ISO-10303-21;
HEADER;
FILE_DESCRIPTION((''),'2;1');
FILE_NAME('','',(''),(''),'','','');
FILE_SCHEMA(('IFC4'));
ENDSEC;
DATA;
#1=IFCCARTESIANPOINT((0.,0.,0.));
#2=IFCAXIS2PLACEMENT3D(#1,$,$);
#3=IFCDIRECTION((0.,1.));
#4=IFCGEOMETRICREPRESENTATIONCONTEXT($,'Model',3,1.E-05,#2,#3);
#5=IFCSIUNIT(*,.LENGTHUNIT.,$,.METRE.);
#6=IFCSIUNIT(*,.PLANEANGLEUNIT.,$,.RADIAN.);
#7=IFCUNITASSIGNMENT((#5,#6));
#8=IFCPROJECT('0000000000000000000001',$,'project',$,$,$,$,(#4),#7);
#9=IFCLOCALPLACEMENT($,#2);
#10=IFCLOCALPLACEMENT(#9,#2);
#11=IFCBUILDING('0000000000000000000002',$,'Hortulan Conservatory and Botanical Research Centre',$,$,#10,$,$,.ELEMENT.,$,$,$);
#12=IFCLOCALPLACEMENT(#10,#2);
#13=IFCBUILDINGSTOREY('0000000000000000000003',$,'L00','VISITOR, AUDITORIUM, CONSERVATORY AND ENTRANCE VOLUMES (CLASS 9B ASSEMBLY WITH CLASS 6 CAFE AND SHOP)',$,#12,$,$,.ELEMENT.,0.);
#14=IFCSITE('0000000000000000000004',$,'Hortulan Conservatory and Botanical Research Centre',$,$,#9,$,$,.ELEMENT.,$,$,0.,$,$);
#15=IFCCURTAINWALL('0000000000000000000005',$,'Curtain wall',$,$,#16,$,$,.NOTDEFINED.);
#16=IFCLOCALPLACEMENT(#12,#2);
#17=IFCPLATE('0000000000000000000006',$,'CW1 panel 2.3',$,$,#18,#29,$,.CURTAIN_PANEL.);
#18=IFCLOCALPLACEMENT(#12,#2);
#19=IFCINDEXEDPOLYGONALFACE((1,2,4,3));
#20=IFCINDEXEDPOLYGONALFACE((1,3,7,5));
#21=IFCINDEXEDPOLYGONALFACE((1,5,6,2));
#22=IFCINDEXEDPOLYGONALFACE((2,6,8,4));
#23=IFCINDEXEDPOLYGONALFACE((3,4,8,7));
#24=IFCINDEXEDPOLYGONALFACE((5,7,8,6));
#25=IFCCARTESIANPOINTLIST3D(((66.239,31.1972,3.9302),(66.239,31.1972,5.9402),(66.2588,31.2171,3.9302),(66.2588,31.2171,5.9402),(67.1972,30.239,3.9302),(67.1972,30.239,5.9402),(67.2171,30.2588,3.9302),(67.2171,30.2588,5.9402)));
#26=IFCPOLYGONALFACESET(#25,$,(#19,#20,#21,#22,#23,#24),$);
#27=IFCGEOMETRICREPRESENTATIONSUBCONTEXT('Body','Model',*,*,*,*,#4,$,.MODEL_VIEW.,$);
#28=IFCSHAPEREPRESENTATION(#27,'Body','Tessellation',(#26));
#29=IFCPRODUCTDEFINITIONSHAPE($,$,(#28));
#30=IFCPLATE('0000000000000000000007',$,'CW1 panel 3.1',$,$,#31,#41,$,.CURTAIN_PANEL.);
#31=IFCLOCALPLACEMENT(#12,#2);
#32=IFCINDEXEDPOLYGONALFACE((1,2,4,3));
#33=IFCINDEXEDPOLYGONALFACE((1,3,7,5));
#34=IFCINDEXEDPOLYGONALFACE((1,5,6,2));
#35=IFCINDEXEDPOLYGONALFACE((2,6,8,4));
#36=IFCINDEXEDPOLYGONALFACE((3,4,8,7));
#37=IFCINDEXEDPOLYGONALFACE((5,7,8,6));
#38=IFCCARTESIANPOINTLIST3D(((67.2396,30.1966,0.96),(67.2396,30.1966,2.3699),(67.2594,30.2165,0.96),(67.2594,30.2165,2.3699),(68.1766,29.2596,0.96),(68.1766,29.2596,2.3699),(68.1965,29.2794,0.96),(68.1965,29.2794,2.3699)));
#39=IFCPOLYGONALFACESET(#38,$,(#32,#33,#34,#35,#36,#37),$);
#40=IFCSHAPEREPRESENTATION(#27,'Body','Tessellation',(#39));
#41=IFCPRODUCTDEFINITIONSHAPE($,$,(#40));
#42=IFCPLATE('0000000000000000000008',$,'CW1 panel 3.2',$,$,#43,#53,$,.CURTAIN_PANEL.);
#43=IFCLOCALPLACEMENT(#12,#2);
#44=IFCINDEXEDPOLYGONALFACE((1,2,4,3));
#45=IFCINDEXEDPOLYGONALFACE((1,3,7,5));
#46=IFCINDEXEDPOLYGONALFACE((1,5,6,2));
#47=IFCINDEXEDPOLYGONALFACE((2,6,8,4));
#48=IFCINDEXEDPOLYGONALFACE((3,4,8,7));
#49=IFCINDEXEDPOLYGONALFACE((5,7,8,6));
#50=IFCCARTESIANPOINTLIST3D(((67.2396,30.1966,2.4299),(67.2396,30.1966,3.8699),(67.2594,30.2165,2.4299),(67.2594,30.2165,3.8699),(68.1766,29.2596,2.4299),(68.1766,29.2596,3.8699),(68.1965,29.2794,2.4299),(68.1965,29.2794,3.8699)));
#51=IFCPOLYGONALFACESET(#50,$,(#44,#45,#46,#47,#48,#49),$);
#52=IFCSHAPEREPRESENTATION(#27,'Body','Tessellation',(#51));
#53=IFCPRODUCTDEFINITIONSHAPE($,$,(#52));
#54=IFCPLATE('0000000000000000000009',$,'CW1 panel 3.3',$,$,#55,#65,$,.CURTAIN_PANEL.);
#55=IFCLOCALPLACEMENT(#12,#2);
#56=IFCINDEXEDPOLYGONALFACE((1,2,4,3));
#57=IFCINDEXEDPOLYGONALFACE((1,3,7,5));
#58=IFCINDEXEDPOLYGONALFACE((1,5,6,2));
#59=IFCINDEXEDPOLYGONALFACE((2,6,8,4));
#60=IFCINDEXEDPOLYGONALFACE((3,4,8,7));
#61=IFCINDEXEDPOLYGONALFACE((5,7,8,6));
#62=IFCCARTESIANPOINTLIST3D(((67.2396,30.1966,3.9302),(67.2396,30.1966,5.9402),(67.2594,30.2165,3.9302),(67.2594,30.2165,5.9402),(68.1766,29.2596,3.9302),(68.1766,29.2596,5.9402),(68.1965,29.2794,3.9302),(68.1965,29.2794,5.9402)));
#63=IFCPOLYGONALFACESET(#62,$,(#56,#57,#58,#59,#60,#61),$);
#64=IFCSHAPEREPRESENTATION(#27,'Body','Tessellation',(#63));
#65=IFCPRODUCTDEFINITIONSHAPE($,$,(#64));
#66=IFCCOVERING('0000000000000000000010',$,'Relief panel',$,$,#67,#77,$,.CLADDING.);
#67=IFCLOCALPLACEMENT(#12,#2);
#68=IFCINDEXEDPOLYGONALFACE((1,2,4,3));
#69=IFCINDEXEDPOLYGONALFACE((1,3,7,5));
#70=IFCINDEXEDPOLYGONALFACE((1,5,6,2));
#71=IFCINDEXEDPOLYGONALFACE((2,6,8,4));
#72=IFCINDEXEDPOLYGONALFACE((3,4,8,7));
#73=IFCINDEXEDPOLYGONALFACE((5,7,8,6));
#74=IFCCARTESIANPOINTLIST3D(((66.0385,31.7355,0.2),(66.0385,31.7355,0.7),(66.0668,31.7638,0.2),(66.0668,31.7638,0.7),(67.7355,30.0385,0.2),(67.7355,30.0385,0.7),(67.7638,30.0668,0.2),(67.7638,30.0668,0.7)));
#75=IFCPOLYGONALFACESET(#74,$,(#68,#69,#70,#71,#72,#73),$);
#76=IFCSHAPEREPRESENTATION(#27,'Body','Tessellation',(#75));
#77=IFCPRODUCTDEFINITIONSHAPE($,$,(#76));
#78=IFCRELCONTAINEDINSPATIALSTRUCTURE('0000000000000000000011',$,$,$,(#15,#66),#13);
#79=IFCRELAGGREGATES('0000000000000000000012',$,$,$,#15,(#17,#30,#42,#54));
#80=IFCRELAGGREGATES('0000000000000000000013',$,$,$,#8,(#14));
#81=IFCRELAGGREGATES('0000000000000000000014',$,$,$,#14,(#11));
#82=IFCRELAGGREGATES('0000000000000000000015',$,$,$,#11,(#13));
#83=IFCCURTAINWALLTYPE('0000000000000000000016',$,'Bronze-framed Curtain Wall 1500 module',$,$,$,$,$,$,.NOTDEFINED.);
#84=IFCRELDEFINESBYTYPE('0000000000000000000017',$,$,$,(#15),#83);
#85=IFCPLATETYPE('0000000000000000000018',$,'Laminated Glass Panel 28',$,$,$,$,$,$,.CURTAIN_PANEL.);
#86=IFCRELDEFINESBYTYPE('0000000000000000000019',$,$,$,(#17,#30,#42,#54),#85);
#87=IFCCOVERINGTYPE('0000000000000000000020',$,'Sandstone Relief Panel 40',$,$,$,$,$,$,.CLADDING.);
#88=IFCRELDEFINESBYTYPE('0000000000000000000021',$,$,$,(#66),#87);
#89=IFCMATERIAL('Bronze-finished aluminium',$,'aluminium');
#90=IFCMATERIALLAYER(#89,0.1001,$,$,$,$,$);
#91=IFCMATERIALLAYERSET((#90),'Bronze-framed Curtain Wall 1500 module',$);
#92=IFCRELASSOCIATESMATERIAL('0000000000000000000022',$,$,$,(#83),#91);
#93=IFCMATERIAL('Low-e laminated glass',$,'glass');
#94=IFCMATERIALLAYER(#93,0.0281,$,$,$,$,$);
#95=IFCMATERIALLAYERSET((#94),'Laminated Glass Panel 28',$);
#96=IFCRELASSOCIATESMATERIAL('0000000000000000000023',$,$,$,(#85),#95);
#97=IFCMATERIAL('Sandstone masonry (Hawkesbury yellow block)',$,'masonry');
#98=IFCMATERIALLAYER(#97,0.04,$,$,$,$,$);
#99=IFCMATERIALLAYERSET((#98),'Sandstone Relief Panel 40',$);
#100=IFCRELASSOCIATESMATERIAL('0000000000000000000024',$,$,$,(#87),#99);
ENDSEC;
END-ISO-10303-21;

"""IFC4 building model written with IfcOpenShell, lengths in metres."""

from ifc_helpers import new_model, si_unit, direction, frame, origin, origin_2d, place, context, subcontext, project, spatial, rectangle, extrude, material, layer, layer_set, type_object, element, aggregate, save


model = new_model("IFC4")

# Units and contexts
model_context = context("Model", 3, precision=1e-05, world=origin(), true_north=direction((0.0, 1.0)))
body_context = subcontext(model_context, "Body", "Model", "MODEL_VIEW")
ifc_project = project(units=[si_unit("LENGTHUNIT", "METRE"), si_unit("PLANEANGLEUNIT", "RADIAN")], contexts=[model_context])

# Site, building, storey
site_placement = place(None, origin())
site = spatial("IfcSite", under=ifc_project, at=site_placement, Name="Hortulan Conservatory and Botanical Research Centre", CompositionType="ELEMENT", RefElevation=0.0)
building_placement = place(site_placement, origin())
building = spatial("IfcBuilding", under=site, at=building_placement, Name="Hortulan Conservatory and Botanical Research Centre", CompositionType="ELEMENT")
storey_placement = place(building_placement, origin())
storey = spatial("IfcBuildingStorey", under=building, at=storey_placement, Name="L00", Description="VISITOR, AUDITORIUM, CONSERVATORY AND ENTRANCE VOLUMES (CLASS 9B ASSEMBLY WITH CLASS 6 CAFE AND SHOP)", CompositionType="ELEMENT", Elevation=0.0)

# Curtain wall
ifc_material_1 = material(Name="Bronze-finished aluminium", Category="aluminium")
ifc_layer_1 = layer(ifc_material_1, 0.1001)
ifc_layer_set_1 = layer_set([ifc_layer_1], Name="Bronze-framed Curtain Wall 1500 module")
curtain_wall_type = type_object("IfcCurtainWallType", Name="Bronze-framed Curtain Wall 1500 module", PredefinedType="NOTDEFINED", material=ifc_layer_set_1)
curtain_wall_placement = place(storey_placement, origin())
curtain_wall = element("IfcCurtainWall", 1, at=curtain_wall_placement, inside=storey, type_object=curtain_wall_type, Name="Curtain wall", PredefinedType="NOTDEFINED")

# Plates
ifc_material_2 = material(Name="Low-e laminated glass", Category="glass")
ifc_layer_2 = layer(ifc_material_2, 0.0281)
ifc_layer_set_2 = layer_set([ifc_layer_2], Name="Laminated Glass Panel 28")
plate_type = type_object("IfcPlateType", Name="Laminated Glass Panel 28", PredefinedType="CURTAIN_PANEL", material=ifc_layer_set_2)
plate_1_placement = place(storey_placement, frame((66.728, 30.728, 3.9302), z_axis=(0.0, 0.0, 1.0), x_axis=(0.707107, -0.707107, 0.0)))
plate_1 = element("IfcPlate", 2, at=plate_1_placement, type_object=plate_type, Name="CW1 panel 2.3", PredefinedType="CURTAIN_PANEL", context=body_context, shape_type="SweptSolid", body=[
    extrude(rectangle(XDim=1.3552, YDim=0.0281, at=origin_2d()), origin(), (0.0, 0.0, 1.0), 2.01),
])
plate_2_placement = place(storey_placement, frame((67.718, 29.738, 0.96), z_axis=(0.0, 0.0, 1.0), x_axis=(0.707107, -0.707107, 0.0)))
plate_2 = element("IfcPlate", 3, at=plate_2_placement, type_object=plate_type, Name="CW1 panel 3.1", PredefinedType="CURTAIN_PANEL", context=body_context, shape_type="SweptSolid", body=[
    extrude(rectangle(XDim=1.3252, YDim=0.0281, at=origin_2d()), origin(), (0.0, 0.0, 1.0), 1.4099),
])
plate_3_placement = place(storey_placement, frame((67.718, 29.738, 2.4299), z_axis=(0.0, 0.0, 1.0), x_axis=(0.707107, -0.707107, 0.0)))
plate_3 = element("IfcPlate", 4, at=plate_3_placement, type_object=plate_type, Name="CW1 panel 3.2", PredefinedType="CURTAIN_PANEL", context=body_context, shape_type="SweptSolid", body=[
    extrude(rectangle(XDim=1.3252, YDim=0.0281, at=origin_2d()), origin(), (0.0, 0.0, 1.0), 1.4399),
])
plate_4_placement = place(storey_placement, frame((67.718, 29.738, 3.9302), z_axis=(0.0, 0.0, 1.0), x_axis=(0.707107, -0.707107, 0.0)))
plate_4 = element("IfcPlate", 5, at=plate_4_placement, type_object=plate_type, Name="CW1 panel 3.3", PredefinedType="CURTAIN_PANEL", context=body_context, shape_type="SweptSolid", body=[
    extrude(rectangle(XDim=1.3252, YDim=0.0281, at=origin_2d()), origin(), (0.0, 0.0, 1.0), 2.01),
])
aggregate(curtain_wall, [plate_1, plate_2, plate_3, plate_4])

# Covering
ifc_material_3 = material(Name="Sandstone masonry (Hawkesbury yellow block)", Category="masonry")
ifc_layer_3 = layer(ifc_material_3, 0.04)
ifc_layer_set_3 = layer_set([ifc_layer_3], Name="Sandstone Relief Panel 40")
covering_type = type_object("IfcCoveringType", Name="Sandstone Relief Panel 40", PredefinedType="CLADDING", material=ifc_layer_set_3)
covering_placement = place(storey_placement, frame((66.9011, 30.9011, 0.2), z_axis=(0.0, 0.0, 1.0), x_axis=(0.707107, -0.707107, 0.0)))
element("IfcCovering", 6, at=covering_placement, inside=storey, type_object=covering_type, Name="Relief panel", PredefinedType="CLADDING", context=body_context, shape_type="SweptSolid", body=[
    extrude(rectangle(XDim=2.3999, YDim=0.04, at=origin_2d()), origin(), (0.0, 0.0, 1.0), 0.5),
])

save(model, "model.ifc")
